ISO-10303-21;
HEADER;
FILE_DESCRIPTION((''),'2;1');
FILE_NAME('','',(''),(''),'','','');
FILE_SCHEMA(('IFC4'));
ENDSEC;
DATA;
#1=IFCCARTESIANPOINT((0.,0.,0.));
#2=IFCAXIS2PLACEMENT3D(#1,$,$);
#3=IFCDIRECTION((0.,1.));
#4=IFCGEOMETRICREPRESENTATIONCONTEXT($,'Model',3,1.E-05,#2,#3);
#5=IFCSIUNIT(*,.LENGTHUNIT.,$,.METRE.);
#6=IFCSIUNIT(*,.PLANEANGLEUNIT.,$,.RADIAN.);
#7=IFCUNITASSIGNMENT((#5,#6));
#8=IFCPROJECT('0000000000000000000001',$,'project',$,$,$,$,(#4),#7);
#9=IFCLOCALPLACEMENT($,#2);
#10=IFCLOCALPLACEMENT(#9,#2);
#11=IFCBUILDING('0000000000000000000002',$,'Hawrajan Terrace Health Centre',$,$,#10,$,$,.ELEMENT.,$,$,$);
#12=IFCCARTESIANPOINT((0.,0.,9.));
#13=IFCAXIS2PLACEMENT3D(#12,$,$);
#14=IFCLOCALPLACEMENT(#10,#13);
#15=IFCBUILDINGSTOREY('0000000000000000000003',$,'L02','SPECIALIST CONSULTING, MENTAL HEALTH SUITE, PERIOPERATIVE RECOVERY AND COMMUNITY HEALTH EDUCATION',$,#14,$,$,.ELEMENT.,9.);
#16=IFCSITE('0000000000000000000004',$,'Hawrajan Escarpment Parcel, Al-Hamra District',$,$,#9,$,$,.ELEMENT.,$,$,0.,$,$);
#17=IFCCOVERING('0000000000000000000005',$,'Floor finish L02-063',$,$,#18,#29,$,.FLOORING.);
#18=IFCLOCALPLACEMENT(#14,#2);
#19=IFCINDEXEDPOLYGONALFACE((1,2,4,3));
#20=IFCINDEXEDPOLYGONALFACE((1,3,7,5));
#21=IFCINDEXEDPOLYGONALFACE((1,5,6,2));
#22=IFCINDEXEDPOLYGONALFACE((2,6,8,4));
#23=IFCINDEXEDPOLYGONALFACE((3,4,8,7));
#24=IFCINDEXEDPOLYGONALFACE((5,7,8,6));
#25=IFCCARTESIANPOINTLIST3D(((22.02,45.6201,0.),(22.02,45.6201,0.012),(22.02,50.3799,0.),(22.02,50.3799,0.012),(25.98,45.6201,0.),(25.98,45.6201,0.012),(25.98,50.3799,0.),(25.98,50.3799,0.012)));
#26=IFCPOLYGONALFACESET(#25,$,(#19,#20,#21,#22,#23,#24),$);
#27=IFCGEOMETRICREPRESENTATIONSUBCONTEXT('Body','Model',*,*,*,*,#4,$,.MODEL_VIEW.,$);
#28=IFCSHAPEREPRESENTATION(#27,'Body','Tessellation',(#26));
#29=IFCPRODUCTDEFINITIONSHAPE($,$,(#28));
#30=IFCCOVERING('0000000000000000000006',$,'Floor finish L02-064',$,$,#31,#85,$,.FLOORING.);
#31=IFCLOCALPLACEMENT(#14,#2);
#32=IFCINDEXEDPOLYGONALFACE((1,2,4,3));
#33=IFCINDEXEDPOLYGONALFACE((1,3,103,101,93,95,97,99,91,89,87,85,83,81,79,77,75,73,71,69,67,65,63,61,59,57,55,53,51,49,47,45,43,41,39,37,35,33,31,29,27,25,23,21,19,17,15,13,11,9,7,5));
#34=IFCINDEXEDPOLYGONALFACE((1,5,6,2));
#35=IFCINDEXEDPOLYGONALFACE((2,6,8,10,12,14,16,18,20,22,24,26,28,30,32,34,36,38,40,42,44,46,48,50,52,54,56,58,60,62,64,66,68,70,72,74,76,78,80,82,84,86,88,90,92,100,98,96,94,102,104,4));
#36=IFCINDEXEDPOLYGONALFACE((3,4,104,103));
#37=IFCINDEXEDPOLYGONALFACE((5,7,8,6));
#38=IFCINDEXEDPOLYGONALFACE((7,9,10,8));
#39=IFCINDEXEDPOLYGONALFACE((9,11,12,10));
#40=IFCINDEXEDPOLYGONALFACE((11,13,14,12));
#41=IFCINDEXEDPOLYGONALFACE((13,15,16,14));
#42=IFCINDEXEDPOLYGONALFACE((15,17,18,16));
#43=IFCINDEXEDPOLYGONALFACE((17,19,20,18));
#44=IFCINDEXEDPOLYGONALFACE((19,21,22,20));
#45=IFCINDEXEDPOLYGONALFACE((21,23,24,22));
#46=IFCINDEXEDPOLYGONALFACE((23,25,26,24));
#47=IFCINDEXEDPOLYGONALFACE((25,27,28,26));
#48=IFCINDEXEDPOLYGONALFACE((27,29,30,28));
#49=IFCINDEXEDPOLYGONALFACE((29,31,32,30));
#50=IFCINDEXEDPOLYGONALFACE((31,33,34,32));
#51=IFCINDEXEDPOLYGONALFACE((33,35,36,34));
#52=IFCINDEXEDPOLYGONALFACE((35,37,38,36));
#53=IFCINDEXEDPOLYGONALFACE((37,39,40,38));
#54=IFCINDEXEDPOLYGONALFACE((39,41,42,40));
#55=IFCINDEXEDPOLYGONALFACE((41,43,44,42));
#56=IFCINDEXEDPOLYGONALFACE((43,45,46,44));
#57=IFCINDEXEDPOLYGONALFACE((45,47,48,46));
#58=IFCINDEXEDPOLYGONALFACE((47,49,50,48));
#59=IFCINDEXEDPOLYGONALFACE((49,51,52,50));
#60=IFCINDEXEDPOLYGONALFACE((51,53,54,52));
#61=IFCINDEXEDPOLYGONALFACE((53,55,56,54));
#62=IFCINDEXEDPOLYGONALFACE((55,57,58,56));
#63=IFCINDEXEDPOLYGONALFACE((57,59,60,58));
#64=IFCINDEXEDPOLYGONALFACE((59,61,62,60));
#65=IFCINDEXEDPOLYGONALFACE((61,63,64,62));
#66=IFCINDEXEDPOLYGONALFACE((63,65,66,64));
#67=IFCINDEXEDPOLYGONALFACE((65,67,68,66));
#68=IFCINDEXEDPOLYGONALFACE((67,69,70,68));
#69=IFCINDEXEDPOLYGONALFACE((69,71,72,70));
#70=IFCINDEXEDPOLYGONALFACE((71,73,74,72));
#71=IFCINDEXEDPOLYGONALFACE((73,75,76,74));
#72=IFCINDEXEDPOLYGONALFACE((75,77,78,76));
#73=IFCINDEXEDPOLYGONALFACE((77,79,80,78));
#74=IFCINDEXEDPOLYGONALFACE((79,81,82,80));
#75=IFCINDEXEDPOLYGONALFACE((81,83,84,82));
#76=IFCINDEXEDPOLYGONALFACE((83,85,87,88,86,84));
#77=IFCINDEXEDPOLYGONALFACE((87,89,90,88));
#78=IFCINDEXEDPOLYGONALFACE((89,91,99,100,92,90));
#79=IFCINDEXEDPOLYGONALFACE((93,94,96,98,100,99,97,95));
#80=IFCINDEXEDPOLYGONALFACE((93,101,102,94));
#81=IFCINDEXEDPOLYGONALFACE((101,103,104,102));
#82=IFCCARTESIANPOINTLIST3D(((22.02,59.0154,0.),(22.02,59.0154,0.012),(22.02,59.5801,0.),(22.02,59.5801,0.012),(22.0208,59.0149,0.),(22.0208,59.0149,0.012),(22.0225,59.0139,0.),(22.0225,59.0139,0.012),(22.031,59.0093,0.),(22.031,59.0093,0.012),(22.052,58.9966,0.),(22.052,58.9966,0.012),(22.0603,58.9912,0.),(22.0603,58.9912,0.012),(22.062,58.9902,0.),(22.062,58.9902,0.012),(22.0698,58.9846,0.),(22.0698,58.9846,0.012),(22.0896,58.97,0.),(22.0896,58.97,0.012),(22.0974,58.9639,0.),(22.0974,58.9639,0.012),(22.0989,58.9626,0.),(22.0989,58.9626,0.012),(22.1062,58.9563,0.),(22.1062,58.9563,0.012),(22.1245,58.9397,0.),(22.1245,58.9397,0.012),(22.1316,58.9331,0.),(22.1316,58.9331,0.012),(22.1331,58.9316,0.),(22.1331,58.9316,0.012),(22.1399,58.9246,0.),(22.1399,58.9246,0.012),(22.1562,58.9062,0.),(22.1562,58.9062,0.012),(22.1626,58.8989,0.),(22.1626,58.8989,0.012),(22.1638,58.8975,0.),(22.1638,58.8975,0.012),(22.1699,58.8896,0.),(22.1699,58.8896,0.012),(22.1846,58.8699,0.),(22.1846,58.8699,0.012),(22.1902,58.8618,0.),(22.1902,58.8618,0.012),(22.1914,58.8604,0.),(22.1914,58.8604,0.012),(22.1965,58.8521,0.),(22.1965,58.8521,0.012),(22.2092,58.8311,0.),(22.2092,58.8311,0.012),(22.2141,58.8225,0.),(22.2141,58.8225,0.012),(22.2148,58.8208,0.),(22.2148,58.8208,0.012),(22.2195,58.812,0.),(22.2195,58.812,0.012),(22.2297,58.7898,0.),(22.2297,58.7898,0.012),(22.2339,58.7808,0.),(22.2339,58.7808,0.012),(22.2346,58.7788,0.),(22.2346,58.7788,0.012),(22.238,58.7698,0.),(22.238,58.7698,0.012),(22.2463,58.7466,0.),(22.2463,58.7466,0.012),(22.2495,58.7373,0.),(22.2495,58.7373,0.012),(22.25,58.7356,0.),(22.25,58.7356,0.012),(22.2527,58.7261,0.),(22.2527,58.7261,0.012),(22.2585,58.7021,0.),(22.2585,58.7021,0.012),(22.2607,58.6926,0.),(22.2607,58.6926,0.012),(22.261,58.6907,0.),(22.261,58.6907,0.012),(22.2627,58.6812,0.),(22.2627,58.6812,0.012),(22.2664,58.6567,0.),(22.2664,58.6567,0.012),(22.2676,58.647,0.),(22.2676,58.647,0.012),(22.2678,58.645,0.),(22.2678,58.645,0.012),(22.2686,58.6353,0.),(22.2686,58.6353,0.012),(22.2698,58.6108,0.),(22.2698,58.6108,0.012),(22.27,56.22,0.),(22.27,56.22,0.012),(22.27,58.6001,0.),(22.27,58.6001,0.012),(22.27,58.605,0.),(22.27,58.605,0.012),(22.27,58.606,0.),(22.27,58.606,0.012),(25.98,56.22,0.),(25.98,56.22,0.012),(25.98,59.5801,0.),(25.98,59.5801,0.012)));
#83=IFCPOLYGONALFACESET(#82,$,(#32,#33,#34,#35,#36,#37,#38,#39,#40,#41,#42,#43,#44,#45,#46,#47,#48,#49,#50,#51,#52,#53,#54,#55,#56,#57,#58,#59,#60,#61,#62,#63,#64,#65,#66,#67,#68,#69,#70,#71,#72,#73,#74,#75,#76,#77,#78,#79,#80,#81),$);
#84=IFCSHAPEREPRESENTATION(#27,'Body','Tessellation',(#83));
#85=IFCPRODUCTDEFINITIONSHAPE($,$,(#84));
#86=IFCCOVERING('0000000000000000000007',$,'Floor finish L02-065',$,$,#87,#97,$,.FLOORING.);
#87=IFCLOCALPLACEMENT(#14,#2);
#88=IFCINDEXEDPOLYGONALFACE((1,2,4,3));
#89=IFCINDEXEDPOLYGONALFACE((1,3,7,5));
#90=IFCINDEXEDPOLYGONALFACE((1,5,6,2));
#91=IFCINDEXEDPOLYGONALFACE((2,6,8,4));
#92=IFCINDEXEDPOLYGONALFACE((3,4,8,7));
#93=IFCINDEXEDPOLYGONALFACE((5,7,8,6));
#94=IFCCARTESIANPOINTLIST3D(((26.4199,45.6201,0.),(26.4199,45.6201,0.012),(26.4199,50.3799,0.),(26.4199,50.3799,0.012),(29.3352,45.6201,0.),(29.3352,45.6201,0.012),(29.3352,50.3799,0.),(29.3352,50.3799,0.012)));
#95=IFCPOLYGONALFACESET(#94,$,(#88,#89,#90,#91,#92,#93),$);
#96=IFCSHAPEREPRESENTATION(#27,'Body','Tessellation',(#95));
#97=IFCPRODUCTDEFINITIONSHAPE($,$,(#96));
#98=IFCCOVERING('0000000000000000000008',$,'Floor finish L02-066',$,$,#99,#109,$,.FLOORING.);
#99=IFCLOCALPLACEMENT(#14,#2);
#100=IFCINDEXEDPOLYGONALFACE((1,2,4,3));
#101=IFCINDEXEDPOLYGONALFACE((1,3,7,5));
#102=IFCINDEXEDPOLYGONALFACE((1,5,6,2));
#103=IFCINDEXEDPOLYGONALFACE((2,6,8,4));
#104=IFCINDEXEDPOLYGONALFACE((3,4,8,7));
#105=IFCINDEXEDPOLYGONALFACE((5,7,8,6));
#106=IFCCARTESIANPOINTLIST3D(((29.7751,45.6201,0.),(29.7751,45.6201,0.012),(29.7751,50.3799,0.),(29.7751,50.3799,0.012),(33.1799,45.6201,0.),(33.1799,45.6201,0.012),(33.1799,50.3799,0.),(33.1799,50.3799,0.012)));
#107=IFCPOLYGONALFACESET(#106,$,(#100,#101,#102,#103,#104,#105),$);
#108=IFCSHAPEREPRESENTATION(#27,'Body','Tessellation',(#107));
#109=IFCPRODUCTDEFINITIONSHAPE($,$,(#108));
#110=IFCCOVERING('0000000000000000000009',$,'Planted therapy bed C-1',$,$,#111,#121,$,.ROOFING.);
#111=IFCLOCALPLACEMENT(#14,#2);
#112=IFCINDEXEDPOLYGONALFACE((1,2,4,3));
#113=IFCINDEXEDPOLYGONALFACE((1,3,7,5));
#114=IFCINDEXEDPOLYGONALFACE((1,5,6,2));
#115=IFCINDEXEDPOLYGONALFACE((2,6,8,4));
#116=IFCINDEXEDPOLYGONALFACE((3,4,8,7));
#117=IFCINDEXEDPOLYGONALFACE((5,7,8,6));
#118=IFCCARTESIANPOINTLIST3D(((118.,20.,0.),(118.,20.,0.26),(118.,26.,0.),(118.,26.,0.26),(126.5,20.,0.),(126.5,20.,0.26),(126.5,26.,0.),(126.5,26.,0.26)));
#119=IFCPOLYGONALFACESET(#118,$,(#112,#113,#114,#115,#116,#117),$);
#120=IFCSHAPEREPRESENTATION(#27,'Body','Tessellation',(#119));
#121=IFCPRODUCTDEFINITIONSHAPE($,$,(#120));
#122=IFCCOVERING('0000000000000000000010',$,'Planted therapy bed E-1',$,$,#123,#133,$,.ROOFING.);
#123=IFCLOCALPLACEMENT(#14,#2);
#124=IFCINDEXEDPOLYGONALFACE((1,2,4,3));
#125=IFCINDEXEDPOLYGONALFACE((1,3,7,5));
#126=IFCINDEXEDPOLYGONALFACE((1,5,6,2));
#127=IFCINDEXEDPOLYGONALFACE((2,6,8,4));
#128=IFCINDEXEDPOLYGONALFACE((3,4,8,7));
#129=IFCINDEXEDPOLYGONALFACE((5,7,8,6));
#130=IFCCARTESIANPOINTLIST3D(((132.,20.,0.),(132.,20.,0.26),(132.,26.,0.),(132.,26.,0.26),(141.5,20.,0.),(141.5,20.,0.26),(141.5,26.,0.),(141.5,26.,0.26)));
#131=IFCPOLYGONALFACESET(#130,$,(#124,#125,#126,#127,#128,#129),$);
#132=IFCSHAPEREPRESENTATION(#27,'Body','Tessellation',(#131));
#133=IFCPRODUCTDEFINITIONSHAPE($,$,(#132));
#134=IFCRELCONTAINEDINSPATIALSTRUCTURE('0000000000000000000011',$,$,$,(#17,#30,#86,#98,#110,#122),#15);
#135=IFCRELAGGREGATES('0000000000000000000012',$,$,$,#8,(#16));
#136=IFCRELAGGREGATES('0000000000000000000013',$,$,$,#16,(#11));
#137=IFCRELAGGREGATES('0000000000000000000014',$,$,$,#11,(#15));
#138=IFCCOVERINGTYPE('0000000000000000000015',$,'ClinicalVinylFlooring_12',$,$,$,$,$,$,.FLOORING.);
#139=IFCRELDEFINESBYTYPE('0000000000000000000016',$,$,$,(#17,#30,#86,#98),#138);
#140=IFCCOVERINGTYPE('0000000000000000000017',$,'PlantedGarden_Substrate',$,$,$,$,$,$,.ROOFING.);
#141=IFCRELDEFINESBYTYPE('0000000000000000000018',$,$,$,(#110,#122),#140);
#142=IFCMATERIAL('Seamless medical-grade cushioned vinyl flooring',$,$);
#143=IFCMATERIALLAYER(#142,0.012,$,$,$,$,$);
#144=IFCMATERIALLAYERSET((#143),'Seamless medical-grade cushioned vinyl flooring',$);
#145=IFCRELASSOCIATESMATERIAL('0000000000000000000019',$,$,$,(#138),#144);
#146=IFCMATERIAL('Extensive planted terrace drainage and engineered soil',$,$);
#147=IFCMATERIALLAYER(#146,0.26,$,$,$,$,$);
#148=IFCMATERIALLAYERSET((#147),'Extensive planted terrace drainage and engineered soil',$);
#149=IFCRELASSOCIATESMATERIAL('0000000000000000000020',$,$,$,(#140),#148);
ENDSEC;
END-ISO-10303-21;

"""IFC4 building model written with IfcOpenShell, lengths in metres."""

from ifc_helpers import new_model, si_unit, direction, frame, origin, place, context, subcontext, project, spatial, polyline, outline, extrude, material, layer, layer_set, type_object, element, save


model = new_model("IFC4")

# Units and contexts
model_context = context("Model", 3, precision=1e-05, world=origin(), true_north=direction((0.0, 1.0)))
body_context = subcontext(model_context, "Body", "Model", "MODEL_VIEW")
ifc_project = project(units=[si_unit("LENGTHUNIT", "METRE"), si_unit("PLANEANGLEUNIT", "RADIAN")], contexts=[model_context])

# Site, building, storey
site_placement = place(None, origin())
site = spatial("IfcSite", under=ifc_project, at=site_placement, Name="Hawrajan Escarpment Parcel, Al-Hamra District", CompositionType="ELEMENT", RefElevation=0.0)
building_placement = place(site_placement, origin())
building = spatial("IfcBuilding", under=site, at=building_placement, Name="Hawrajan Terrace Health Centre", CompositionType="ELEMENT")
storey_placement = place(building_placement, frame((0.0, 0.0, 9.0)))
storey = spatial("IfcBuildingStorey", under=building, at=storey_placement, Name="L02", Description="SPECIALIST CONSULTING, MENTAL HEALTH SUITE, PERIOPERATIVE RECOVERY AND COMMUNITY HEALTH EDUCATION", CompositionType="ELEMENT", Elevation=9.0)

# Coverings
ifc_material_1 = material(Name="Seamless medical-grade cushioned vinyl flooring")
ifc_layer_1 = layer(ifc_material_1, 0.012)
ifc_layer_set_1 = layer_set([ifc_layer_1], Name="Seamless medical-grade cushioned vinyl flooring")
covering_type_1 = type_object("IfcCoveringType", Name="ClinicalVinylFlooring_12", PredefinedType="FLOORING", material=ifc_layer_set_1)
covering_1_placement = place(storey_placement, origin())
element("IfcCovering", 1, at=covering_1_placement, inside=storey, type_object=covering_type_1, Name="Floor finish L02-063", PredefinedType="FLOORING", context=body_context, shape_type="SweptSolid", body=[
    extrude(outline(polyline([(22.02, 50.3799), (25.98, 50.3799), (25.98, 45.6201), (22.02, 45.6201), (22.02, 50.3799)])), origin(), (0.0, 0.0, 1.0), 0.012),
])
covering_2_placement = place(storey_placement, origin())
element("IfcCovering", 2, at=covering_2_placement, inside=storey, type_object=covering_type_1, Name="Floor finish L02-064", PredefinedType="FLOORING", context=body_context, shape_type="SweptSolid", body=[
    extrude(outline(polyline([(22.02, 59.0154), (22.02, 59.5801), (25.98, 59.5801), (25.98, 56.22), (22.27, 56.22), (22.27, 58.6001), (22.27, 58.605), (22.27, 58.606), (22.2698, 58.6108), (22.2686, 58.6353), (22.2678, 58.645), (22.2676, 58.647), (22.2664, 58.6567), (22.2627, 58.6812), (22.261, 58.6907), (22.2607, 58.6926), (22.2585, 58.7021), (22.2527, 58.7261), (22.25, 58.7356), (22.2495, 58.7373), (22.2463, 58.7466), (22.238, 58.7698), (22.2346, 58.7788), (22.2339, 58.7808), (22.2297, 58.7898), (22.2195, 58.812), (22.2148, 58.8208), (22.2141, 58.8225), (22.2092, 58.8311), (22.1965, 58.8521), (22.1914, 58.8604), (22.1902, 58.8618), (22.1846, 58.8699), (22.1699, 58.8896), (22.1638, 58.8975), (22.1626, 58.8989), (22.1562, 58.9062), (22.1399, 58.9246), (22.1331, 58.9316), (22.1316, 58.9331), (22.1245, 58.9397), (22.1062, 58.9563), (22.0989, 58.9626), (22.0974, 58.9639), (22.0896, 58.97), (22.0698, 58.9846), (22.062, 58.9902), (22.0603, 58.9912), (22.052, 58.9966), (22.031, 59.0093), (22.0225, 59.0139), (22.0208, 59.0149), (22.02, 59.0154)])), origin(), (0.0, 0.0, 1.0), 0.012),
])
covering_3_placement = place(storey_placement, origin())
element("IfcCovering", 3, at=covering_3_placement, inside=storey, type_object=covering_type_1, Name="Floor finish L02-065", PredefinedType="FLOORING", context=body_context, shape_type="SweptSolid", body=[
    extrude(outline(polyline([(26.4199, 50.3799), (29.3352, 50.3799), (29.3352, 45.6201), (26.4199, 45.6201), (26.4199, 50.3799)])), origin(), (0.0, 0.0, 1.0), 0.012),
])
covering_4_placement = place(storey_placement, origin())
element("IfcCovering", 4, at=covering_4_placement, inside=storey, type_object=covering_type_1, Name="Floor finish L02-066", PredefinedType="FLOORING", context=body_context, shape_type="SweptSolid", body=[
    extrude(outline(polyline([(29.7751, 50.3799), (33.1799, 50.3799), (33.1799, 45.6201), (29.7751, 45.6201), (29.7751, 50.3799)])), origin(), (0.0, 0.0, 1.0), 0.012),
])
ifc_material_2 = material(Name="Extensive planted terrace drainage and engineered soil")
ifc_layer_2 = layer(ifc_material_2, 0.26)
ifc_layer_set_2 = layer_set([ifc_layer_2], Name="Extensive planted terrace drainage and engineered soil")
covering_type_2 = type_object("IfcCoveringType", Name="PlantedGarden_Substrate", PredefinedType="ROOFING", material=ifc_layer_set_2)
covering_5_placement = place(storey_placement, origin())
element("IfcCovering", 5, at=covering_5_placement, inside=storey, type_object=covering_type_2, Name="Planted therapy bed C-1", PredefinedType="ROOFING", context=body_context, shape_type="SweptSolid", body=[
    extrude(outline(polyline([(118.0, 20.0), (126.5, 20.0), (126.5, 26.0), (118.0, 26.0), (118.0, 20.0)])), origin(), (0.0, 0.0, 1.0), 0.26),
])
covering_6_placement = place(storey_placement, origin())
element("IfcCovering", 6, at=covering_6_placement, inside=storey, type_object=covering_type_2, Name="Planted therapy bed E-1", PredefinedType="ROOFING", context=body_context, shape_type="SweptSolid", body=[
    extrude(outline(polyline([(132.0, 20.0), (141.5, 20.0), (141.5, 26.0), (132.0, 26.0), (132.0, 20.0)])), origin(), (0.0, 0.0, 1.0), 0.26),
])

save(model, "model.ifc")
